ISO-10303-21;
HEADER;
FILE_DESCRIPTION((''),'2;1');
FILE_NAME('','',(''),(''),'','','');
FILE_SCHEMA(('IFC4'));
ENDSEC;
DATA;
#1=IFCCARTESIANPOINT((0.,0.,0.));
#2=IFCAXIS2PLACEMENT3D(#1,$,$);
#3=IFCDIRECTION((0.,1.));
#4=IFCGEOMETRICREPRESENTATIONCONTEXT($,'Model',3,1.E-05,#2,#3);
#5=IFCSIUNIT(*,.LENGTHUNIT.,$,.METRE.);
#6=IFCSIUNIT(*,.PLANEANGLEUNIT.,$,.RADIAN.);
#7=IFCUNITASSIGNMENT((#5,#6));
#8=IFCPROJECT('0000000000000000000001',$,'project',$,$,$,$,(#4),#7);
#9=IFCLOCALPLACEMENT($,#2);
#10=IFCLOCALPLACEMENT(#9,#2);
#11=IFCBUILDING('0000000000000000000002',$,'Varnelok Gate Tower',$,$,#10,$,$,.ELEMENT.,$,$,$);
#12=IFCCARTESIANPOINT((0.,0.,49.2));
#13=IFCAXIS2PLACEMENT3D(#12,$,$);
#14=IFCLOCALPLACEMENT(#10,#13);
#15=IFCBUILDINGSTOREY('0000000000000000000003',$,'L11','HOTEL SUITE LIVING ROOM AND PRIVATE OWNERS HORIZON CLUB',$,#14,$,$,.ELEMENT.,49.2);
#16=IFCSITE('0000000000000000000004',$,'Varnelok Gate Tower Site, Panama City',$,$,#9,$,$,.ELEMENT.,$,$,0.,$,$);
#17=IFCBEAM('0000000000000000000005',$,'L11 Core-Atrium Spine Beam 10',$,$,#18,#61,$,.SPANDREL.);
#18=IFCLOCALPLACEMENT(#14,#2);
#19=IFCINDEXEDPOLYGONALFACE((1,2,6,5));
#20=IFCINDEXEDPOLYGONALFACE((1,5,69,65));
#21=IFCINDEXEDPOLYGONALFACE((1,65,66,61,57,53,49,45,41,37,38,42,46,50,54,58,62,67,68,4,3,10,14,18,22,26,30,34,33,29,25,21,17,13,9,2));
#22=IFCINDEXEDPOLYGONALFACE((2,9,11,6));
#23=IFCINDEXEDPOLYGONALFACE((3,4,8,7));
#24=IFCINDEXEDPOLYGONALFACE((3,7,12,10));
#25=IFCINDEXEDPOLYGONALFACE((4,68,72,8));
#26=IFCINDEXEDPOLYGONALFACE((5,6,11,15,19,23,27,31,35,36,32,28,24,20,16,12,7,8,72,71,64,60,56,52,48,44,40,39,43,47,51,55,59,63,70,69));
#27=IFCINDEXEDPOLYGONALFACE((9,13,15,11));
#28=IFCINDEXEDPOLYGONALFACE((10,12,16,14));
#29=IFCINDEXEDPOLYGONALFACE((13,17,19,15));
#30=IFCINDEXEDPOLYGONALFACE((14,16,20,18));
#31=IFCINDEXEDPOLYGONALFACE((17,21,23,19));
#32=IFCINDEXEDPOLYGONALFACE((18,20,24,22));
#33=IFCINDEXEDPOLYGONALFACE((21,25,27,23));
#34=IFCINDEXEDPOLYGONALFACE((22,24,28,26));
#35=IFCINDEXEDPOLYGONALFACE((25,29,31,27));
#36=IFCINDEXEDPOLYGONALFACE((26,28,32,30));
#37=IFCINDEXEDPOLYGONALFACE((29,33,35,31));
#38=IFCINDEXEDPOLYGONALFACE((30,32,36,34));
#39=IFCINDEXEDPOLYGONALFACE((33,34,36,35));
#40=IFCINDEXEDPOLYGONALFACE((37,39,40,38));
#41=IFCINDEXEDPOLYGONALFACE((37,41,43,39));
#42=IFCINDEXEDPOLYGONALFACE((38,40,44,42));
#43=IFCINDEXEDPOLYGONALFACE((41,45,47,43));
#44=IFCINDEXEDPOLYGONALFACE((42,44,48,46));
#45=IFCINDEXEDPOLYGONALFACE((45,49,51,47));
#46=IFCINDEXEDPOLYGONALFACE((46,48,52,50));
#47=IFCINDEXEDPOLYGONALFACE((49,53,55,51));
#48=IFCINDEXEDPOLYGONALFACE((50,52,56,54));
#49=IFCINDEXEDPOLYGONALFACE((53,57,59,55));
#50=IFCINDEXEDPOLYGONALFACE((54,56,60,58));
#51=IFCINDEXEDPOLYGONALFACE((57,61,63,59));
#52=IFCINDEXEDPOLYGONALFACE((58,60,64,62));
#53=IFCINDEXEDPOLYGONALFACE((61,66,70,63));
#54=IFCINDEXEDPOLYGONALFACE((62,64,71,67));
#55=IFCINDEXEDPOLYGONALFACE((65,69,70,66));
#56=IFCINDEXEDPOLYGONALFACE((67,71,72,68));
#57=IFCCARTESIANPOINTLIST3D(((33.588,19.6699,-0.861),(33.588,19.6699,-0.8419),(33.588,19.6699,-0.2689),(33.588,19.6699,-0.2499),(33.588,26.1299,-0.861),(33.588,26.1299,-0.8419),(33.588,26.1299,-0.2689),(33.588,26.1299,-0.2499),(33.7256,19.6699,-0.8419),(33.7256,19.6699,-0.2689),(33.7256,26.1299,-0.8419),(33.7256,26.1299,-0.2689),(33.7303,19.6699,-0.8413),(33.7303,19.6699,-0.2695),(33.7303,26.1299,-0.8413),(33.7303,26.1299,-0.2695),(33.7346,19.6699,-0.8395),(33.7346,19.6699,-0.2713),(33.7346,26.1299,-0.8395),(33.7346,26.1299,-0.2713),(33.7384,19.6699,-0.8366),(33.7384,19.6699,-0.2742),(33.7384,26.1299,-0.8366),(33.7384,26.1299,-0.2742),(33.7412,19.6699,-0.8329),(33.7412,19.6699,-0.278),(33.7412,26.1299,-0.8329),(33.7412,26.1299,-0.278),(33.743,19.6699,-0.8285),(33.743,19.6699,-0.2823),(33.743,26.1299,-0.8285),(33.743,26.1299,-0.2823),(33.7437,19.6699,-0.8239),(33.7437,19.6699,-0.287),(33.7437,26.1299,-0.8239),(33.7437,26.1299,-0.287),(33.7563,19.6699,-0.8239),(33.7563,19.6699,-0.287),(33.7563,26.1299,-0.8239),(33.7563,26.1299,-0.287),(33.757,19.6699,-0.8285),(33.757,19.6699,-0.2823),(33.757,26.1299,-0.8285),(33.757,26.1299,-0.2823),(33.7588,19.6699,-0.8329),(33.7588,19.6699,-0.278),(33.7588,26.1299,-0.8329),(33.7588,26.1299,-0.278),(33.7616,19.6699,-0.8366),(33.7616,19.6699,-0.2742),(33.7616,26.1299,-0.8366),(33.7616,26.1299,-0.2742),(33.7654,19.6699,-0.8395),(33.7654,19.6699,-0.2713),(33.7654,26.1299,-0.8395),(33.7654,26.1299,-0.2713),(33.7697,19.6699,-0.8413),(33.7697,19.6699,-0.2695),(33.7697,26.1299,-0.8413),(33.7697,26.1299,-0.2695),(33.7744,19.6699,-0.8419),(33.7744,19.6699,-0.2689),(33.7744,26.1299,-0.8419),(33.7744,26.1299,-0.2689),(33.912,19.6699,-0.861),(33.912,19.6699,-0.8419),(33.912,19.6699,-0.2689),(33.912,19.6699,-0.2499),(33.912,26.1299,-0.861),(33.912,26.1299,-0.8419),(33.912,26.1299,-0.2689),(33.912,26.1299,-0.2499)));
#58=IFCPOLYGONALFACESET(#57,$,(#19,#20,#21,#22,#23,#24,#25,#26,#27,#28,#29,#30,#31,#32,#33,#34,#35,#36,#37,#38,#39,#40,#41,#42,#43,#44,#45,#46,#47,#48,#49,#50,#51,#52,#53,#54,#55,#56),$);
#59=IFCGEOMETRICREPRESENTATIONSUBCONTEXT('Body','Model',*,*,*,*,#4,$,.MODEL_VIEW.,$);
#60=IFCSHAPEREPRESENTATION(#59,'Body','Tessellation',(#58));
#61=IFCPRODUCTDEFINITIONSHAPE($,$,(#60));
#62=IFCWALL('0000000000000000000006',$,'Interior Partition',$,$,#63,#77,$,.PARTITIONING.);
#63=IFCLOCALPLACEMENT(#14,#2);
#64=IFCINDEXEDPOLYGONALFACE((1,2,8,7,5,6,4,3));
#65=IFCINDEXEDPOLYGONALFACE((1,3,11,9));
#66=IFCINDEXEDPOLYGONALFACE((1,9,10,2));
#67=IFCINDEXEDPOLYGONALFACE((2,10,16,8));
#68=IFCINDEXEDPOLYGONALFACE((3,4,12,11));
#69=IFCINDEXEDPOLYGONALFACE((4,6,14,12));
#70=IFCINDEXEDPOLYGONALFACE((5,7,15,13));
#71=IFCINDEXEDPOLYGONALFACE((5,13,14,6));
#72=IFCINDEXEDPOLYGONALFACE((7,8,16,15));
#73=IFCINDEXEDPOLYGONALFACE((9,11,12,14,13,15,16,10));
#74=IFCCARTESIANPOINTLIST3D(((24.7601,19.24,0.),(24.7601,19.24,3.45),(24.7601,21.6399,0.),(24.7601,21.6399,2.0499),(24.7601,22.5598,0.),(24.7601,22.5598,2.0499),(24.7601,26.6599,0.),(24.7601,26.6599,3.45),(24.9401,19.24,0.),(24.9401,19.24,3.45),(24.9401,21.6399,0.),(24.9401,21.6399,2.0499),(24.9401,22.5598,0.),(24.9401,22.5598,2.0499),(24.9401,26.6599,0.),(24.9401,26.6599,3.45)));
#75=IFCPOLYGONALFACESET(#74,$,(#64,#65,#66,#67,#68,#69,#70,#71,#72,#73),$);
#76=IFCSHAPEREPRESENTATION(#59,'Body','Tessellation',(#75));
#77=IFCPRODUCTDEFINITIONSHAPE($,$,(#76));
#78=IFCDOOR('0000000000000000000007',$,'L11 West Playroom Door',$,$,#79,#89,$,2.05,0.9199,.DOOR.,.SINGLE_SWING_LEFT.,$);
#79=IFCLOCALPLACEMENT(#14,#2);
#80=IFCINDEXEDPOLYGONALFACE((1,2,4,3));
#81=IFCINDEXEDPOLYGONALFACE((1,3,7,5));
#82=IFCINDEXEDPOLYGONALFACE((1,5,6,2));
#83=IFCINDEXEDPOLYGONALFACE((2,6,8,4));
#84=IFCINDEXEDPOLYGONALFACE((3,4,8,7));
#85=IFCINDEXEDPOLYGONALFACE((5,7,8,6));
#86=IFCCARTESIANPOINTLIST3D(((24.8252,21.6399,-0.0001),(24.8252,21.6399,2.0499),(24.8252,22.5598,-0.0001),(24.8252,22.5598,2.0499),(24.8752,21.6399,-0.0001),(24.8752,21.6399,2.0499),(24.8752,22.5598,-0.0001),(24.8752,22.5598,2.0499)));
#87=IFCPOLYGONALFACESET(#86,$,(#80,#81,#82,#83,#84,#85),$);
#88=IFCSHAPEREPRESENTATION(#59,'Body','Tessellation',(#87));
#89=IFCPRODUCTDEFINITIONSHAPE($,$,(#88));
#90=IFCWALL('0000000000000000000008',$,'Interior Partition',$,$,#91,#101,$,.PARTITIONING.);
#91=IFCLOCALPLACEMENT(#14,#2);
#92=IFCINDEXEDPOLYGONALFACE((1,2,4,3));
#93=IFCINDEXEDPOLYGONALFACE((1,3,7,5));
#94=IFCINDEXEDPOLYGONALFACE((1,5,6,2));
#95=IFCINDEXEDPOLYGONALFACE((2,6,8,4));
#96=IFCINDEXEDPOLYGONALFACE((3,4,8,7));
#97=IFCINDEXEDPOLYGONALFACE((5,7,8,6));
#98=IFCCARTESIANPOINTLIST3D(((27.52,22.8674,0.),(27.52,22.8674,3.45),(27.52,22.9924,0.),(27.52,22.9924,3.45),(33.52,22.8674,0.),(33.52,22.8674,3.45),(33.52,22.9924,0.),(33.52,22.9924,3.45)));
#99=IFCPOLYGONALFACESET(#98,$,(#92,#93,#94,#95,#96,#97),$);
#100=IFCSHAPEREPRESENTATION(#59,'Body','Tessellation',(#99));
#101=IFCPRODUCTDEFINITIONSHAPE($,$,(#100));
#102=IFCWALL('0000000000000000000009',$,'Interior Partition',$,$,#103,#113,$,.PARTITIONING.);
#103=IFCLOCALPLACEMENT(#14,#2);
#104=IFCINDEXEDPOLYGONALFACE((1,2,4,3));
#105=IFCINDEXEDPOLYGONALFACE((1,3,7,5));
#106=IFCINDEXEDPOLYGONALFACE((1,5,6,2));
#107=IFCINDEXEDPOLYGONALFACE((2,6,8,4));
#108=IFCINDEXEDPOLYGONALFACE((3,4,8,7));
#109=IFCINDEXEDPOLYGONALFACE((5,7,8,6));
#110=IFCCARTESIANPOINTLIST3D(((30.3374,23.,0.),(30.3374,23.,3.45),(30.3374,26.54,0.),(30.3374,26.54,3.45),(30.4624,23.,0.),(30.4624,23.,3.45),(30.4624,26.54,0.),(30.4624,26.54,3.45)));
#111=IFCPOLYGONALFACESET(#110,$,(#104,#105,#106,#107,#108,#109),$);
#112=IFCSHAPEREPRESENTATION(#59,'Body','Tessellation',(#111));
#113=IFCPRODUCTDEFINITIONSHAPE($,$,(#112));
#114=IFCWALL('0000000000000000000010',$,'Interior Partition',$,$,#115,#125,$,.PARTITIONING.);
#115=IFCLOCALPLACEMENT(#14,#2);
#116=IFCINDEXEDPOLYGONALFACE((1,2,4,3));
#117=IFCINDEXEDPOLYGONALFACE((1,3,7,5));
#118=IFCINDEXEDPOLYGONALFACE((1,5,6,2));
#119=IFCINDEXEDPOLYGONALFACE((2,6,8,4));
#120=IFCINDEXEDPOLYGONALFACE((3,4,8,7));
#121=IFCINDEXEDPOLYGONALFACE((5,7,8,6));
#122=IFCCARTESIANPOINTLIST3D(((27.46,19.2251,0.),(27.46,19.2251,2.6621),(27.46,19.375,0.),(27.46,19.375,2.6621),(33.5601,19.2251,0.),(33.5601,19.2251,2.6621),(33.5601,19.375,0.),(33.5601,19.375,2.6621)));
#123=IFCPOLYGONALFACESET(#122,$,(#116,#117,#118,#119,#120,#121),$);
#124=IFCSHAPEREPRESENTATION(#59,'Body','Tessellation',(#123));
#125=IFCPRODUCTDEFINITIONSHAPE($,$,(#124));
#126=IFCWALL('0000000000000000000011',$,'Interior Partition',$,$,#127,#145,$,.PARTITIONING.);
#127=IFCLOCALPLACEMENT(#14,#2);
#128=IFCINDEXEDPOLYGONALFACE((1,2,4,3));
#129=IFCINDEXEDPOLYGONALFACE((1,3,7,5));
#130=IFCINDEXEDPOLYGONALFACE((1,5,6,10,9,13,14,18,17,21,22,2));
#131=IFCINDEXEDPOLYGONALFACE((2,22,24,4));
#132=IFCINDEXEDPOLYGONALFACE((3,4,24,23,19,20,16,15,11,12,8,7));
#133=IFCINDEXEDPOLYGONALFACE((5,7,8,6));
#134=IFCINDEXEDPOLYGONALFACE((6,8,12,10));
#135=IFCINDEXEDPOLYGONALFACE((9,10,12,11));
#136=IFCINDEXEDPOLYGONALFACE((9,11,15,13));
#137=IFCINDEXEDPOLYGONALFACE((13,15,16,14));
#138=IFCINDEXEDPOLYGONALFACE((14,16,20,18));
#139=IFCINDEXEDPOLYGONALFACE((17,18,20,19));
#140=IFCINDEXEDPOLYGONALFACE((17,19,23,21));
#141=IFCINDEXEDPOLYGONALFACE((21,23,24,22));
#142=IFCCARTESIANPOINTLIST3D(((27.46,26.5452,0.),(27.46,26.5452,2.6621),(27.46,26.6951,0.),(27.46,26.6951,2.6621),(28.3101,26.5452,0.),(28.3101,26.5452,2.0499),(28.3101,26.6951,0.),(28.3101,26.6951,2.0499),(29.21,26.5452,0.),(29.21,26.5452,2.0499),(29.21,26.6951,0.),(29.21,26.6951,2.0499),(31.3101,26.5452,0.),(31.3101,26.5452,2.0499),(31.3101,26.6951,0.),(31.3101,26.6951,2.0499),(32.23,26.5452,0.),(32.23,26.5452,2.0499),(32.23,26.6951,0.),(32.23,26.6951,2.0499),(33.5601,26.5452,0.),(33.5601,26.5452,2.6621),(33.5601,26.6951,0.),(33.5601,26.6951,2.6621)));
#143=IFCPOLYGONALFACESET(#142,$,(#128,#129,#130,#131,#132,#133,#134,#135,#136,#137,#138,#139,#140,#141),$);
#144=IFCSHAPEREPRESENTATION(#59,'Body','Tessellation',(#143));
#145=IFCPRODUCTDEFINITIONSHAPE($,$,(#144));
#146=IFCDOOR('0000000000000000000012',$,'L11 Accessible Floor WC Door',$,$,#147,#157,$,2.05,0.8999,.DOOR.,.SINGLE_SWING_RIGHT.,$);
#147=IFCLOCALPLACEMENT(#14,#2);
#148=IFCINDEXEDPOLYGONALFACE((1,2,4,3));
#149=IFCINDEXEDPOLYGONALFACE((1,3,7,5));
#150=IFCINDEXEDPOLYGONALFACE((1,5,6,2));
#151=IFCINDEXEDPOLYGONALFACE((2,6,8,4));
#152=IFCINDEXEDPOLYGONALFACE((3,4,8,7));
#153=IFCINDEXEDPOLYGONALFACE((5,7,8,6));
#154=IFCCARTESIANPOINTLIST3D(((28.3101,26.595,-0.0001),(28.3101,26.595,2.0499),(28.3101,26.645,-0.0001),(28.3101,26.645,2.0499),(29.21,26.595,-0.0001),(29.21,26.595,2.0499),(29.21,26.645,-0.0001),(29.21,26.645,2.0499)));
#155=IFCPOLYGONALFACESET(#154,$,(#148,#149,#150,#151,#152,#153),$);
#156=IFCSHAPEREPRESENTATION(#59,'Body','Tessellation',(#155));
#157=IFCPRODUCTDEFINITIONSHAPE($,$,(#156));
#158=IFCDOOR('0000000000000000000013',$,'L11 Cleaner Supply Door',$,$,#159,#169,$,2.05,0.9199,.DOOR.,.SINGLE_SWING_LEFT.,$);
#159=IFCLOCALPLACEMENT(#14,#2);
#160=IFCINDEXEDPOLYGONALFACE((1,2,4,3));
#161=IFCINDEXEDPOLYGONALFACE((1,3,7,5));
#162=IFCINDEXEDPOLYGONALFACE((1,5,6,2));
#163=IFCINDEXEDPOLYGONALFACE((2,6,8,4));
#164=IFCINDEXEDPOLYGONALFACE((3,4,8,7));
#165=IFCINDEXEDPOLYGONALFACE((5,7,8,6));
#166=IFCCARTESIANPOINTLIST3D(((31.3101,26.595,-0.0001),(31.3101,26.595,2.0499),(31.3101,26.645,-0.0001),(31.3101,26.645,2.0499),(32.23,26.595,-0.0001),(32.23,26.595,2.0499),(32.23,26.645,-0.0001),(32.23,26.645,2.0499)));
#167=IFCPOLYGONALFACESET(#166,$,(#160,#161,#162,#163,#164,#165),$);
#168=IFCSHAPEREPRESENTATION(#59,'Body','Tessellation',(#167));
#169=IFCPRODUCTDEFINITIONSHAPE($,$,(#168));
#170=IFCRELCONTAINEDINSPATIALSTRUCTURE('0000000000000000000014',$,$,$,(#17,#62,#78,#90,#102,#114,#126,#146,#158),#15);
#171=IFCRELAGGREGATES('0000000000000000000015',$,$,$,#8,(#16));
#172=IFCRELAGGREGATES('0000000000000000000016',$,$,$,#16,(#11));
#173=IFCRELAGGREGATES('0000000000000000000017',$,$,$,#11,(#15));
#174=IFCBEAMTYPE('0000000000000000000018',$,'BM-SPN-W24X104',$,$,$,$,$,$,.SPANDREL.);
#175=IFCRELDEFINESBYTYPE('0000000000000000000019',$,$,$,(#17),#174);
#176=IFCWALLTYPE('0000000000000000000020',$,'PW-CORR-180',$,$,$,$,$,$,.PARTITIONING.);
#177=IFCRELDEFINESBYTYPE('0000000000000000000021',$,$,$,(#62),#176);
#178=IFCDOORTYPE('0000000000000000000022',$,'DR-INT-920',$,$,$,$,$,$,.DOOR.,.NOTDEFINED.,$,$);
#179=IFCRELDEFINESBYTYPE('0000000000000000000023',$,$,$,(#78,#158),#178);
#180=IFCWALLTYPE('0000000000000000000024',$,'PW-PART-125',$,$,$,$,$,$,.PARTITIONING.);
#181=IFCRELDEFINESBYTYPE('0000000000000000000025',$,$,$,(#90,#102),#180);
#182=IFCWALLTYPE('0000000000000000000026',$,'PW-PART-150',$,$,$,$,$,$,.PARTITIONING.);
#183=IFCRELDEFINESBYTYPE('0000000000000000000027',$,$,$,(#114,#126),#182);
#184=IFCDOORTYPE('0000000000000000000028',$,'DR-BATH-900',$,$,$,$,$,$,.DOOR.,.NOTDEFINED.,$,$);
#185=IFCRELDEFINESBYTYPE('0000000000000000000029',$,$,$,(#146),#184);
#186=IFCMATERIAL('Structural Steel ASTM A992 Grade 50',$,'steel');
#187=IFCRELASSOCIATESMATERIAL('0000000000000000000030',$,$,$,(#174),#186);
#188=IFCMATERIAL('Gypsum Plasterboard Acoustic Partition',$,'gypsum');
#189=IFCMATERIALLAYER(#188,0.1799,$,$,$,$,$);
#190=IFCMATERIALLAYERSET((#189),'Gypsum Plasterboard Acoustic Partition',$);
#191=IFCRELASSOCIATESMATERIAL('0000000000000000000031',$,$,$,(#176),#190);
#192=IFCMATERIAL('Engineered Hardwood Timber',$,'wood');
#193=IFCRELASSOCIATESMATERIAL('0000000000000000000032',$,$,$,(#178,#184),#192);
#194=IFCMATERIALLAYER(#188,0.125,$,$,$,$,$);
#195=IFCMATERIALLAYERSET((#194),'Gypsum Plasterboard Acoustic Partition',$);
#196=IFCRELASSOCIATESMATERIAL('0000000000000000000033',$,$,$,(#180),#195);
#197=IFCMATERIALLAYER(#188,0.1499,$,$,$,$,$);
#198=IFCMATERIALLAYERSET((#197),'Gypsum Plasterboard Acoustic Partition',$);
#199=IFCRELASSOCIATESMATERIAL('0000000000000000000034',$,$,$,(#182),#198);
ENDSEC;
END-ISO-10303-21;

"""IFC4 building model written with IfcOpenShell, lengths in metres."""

from ifc_helpers import new_model, si_unit, direction, frame, frame_2d, origin, origin_2d, place, context, subcontext, project, spatial, rectangle, i_section, extrude, material, layer, layer_set, material_profile, profile_set, type_object, element, fill, save


model = new_model("IFC4")

# Units and contexts
model_context = context("Model", 3, precision=1e-05, world=origin(), true_north=direction((0.0, 1.0)))
body_context = subcontext(model_context, "Body", "Model", "MODEL_VIEW")
ifc_project = project(units=[si_unit("LENGTHUNIT", "METRE"), si_unit("PLANEANGLEUNIT", "RADIAN")], contexts=[model_context])

# Site, building, storey
site_placement = place(None, origin())
site = spatial("IfcSite", under=ifc_project, at=site_placement, Name="Varnelok Gate Tower Site, Panama City", CompositionType="ELEMENT", RefElevation=0.0)
building_placement = place(site_placement, origin())
building = spatial("IfcBuilding", under=site, at=building_placement, Name="Varnelok Gate Tower", CompositionType="ELEMENT")
storey_placement = place(building_placement, frame((0.0, 0.0, 49.2)))
storey = spatial("IfcBuildingStorey", under=building, at=storey_placement, Name="L11", Description="HOTEL SUITE LIVING ROOM AND PRIVATE OWNERS HORIZON CLUB", CompositionType="ELEMENT", Elevation=49.2)

# Shared definitions
ifc_material_1 = material(Name="Structural Steel ASTM A992 Grade 50", Category="steel")

# Beam
ifc_material_profile_1 = material_profile(ifc_material_1, i_section(OverallWidth=0.324, OverallDepth=0.6111, WebThickness=0.0127, FlangeThickness=0.019, FilletRadius=0.0181, at=origin_2d()), Name="W24X104")
ifc_profile_set_1 = profile_set([ifc_material_profile_1], Name="Structural Steel ASTM A992 Grade 50")
beam_type_1 = type_object("IfcBeamType", Name="BM-SPN-W24X104", PredefinedType="SPANDREL", material=ifc_profile_set_1)
beam_1_placement = place(storey_placement, frame((33.75, 19.6699, -0.5554), z_axis=(0.0, 1.0, 0.0), x_axis=(-1.0, 0.0, 0.0)))
element("IfcBeam", 1, at=beam_1_placement, inside=storey, type_object=beam_type_1, Name="L11 Core-Atrium Spine Beam 10", PredefinedType="SPANDREL", context=body_context, shape_type="SweptSolid", body=[
    extrude(i_section(OverallWidth=0.324, OverallDepth=0.6111, WebThickness=0.0127, FlangeThickness=0.019, FilletRadius=0.0181, at=origin_2d()), origin(), (0.0, 0.0, 1.0), 6.46),
])

# Wall, opening, door
ifc_material_2 = material(Name="Gypsum Plasterboard Acoustic Partition", Category="gypsum")
ifc_layer_1 = layer(ifc_material_2, 0.1799)
ifc_layer_set_1 = layer_set([ifc_layer_1], Name="Gypsum Plasterboard Acoustic Partition")
wall_type_1 = type_object("IfcWallType", Name="PW-CORR-180", PredefinedType="PARTITIONING", material=ifc_layer_set_1)
wall_1_placement = place(storey_placement, frame((24.8501, 19.24, 0.0), z_axis=(0.0, 0.0, 1.0), x_axis=(0.0, 1.0, 0.0)))
wall_1 = element("IfcWall", 2, at=wall_1_placement, inside=storey, type_object=wall_type_1, Name="Interior Partition", PredefinedType="PARTITIONING", context=body_context, shape_type="SweptSolid", body=[
    extrude(rectangle(XDim=7.4199, YDim=0.1799, at=frame_2d((3.71, 0.0))), origin(), (0.0, 0.0, 1.0), 3.45),
])
opening_1_placement = place(wall_1_placement, frame((2.3999, 0.0, 0.0)))
opening_1 = element("IfcOpeningElement", 3, at=opening_1_placement, cuts=wall_1, PredefinedType="OPENING", context=body_context, shape_type="SweptSolid", body=[
    extrude(rectangle(XDim=0.9199, YDim=2.05, at=frame_2d((0.46, 1.0249))), frame((0.0, 0.0999, 0.0), z_axis=(0.0, -1.0, 0.0), x_axis=(1.0, 0.0, 0.0)), (0.0, 0.0, 1.0), 0.2),
])
ifc_material_3 = material(Name="Engineered Hardwood Timber", Category="wood")
door_type_1 = type_object("IfcDoorType", Name="DR-INT-920", OperationType="NOTDEFINED", PredefinedType="DOOR", material=ifc_material_3)
door_1_placement = place(opening_1_placement, origin())
door_1 = element("IfcDoor", 4, at=door_1_placement, inside=storey, type_object=door_type_1, Name="L11 West Playroom Door", OperationType="SINGLE_SWING_LEFT", OverallHeight=2.05, OverallWidth=0.9199, PredefinedType="DOOR", context=body_context, shape_type="SweptSolid", body=[
    extrude(rectangle(XDim=0.9199, YDim=2.05, at=frame_2d((0.46, 1.0249))), frame((0.0, 0.0249, 0.0), z_axis=(0.0, -1.0, 0.0), x_axis=(1.0, 0.0, 0.0)), (0.0, 0.0, 1.0), 0.05),
])
fill(opening_1, door_1)

# Walls
ifc_layer_2 = layer(ifc_material_2, 0.125)
ifc_layer_set_2 = layer_set([ifc_layer_2], Name="Gypsum Plasterboard Acoustic Partition")
wall_type_2 = type_object("IfcWallType", Name="PW-PART-125", PredefinedType="PARTITIONING", material=ifc_layer_set_2)
wall_2_placement = place(storey_placement, frame((27.52, 22.9299, 0.0), z_axis=(0.0, 0.0, 1.0), x_axis=(1.0, 0.0, 0.0)))
element("IfcWall", 5, at=wall_2_placement, inside=storey, type_object=wall_type_2, Name="Interior Partition", PredefinedType="PARTITIONING", context=body_context, shape_type="SweptSolid", body=[
    extrude(rectangle(XDim=6.0, YDim=0.125, at=frame_2d((3.0, 0.0))), origin(), (0.0, 0.0, 1.0), 3.45),
])
wall_3_placement = place(storey_placement, frame((30.3999, 23.0, 0.0), z_axis=(0.0, 0.0, 1.0), x_axis=(0.0, 1.0, 0.0)))
element("IfcWall", 6, at=wall_3_placement, inside=storey, type_object=wall_type_2, Name="Interior Partition", PredefinedType="PARTITIONING", context=body_context, shape_type="SweptSolid", body=[
    extrude(rectangle(XDim=3.54, YDim=0.125, at=frame_2d((1.77, 0.0))), origin(), (0.0, 0.0, 1.0), 3.45),
])
ifc_layer_3 = layer(ifc_material_2, 0.1499)
ifc_layer_set_3 = layer_set([ifc_layer_3], Name="Gypsum Plasterboard Acoustic Partition")
wall_type_3 = type_object("IfcWallType", Name="PW-PART-150", PredefinedType="PARTITIONING", material=ifc_layer_set_3)
wall_4_placement = place(storey_placement, frame((27.46, 19.3, 0.0), z_axis=(0.0, 0.0, 1.0), x_axis=(1.0, 0.0, 0.0)))
element("IfcWall", 7, at=wall_4_placement, inside=storey, type_object=wall_type_3, Name="Interior Partition", PredefinedType="PARTITIONING", context=body_context, shape_type="SweptSolid", body=[
    extrude(rectangle(XDim=6.1001, YDim=0.1499, at=frame_2d((3.05, 0.0))), origin(), (0.0, 0.0, 1.0), 2.6621),
])

# Wall, openings, doors
wall_5_placement = place(storey_placement, frame((27.46, 26.6201, 0.0), z_axis=(0.0, 0.0, 1.0), x_axis=(1.0, 0.0, 0.0)))
wall_5 = element("IfcWall", 8, at=wall_5_placement, inside=storey, type_object=wall_type_3, Name="Interior Partition", PredefinedType="PARTITIONING", context=body_context, shape_type="SweptSolid", body=[
    extrude(rectangle(XDim=6.1001, YDim=0.1499, at=frame_2d((3.05, 0.0))), origin(), (0.0, 0.0, 1.0), 2.6621),
])
opening_2_placement = place(wall_5_placement, frame((0.8501, 0.0, 0.0)))
opening_2 = element("IfcOpeningElement", 9, at=opening_2_placement, cuts=wall_5, PredefinedType="OPENING", context=body_context, shape_type="SweptSolid", body=[
    extrude(rectangle(XDim=0.8999, YDim=2.05, at=frame_2d((0.45, 1.0249))), frame((0.0, 0.085, 0.0), z_axis=(0.0, -1.0, 0.0), x_axis=(1.0, 0.0, 0.0)), (0.0, 0.0, 1.0), 0.1699),
])
opening_3_placement = place(wall_5_placement, frame((3.8501, 0.0, 0.0)))
opening_3 = element("IfcOpeningElement", 10, at=opening_3_placement, cuts=wall_5, PredefinedType="OPENING", context=body_context, shape_type="SweptSolid", body=[
    extrude(rectangle(XDim=0.9199, YDim=2.05, at=frame_2d((0.46, 1.0249))), frame((0.0, 0.085, 0.0), z_axis=(0.0, -1.0, 0.0), x_axis=(1.0, 0.0, 0.0)), (0.0, 0.0, 1.0), 0.1699),
])
door_type_2 = type_object("IfcDoorType", Name="DR-BATH-900", OperationType="NOTDEFINED", PredefinedType="DOOR", material=ifc_material_3)
door_2_placement = place(opening_2_placement, origin())
door_2 = element("IfcDoor", 11, at=door_2_placement, inside=storey, type_object=door_type_2, Name="L11 Accessible Floor WC Door", OperationType="SINGLE_SWING_RIGHT", OverallHeight=2.05, OverallWidth=0.8999, PredefinedType="DOOR", context=body_context, shape_type="SweptSolid", body=[
    extrude(rectangle(XDim=0.8999, YDim=2.05, at=frame_2d((0.45, 1.0249))), frame((0.0, 0.0249, 0.0), z_axis=(0.0, -1.0, 0.0), x_axis=(1.0, 0.0, 0.0)), (0.0, 0.0, 1.0), 0.05),
])
fill(opening_2, door_2)
door_3_placement = place(opening_3_placement, origin())
door_3 = element("IfcDoor", 12, at=door_3_placement, inside=storey, type_object=door_type_1, Name="L11 Cleaner Supply Door", OperationType="SINGLE_SWING_LEFT", OverallHeight=2.05, OverallWidth=0.9199, PredefinedType="DOOR", context=body_context, shape_type="SweptSolid", body=[
    extrude(rectangle(XDim=0.9199, YDim=2.05, at=frame_2d((0.46, 1.0249))), frame((0.0, 0.0249, 0.0), z_axis=(0.0, -1.0, 0.0), x_axis=(1.0, 0.0, 0.0)), (0.0, 0.0, 1.0), 0.05),
])
fill(opening_3, door_3)

save(model, "model.ifc")
